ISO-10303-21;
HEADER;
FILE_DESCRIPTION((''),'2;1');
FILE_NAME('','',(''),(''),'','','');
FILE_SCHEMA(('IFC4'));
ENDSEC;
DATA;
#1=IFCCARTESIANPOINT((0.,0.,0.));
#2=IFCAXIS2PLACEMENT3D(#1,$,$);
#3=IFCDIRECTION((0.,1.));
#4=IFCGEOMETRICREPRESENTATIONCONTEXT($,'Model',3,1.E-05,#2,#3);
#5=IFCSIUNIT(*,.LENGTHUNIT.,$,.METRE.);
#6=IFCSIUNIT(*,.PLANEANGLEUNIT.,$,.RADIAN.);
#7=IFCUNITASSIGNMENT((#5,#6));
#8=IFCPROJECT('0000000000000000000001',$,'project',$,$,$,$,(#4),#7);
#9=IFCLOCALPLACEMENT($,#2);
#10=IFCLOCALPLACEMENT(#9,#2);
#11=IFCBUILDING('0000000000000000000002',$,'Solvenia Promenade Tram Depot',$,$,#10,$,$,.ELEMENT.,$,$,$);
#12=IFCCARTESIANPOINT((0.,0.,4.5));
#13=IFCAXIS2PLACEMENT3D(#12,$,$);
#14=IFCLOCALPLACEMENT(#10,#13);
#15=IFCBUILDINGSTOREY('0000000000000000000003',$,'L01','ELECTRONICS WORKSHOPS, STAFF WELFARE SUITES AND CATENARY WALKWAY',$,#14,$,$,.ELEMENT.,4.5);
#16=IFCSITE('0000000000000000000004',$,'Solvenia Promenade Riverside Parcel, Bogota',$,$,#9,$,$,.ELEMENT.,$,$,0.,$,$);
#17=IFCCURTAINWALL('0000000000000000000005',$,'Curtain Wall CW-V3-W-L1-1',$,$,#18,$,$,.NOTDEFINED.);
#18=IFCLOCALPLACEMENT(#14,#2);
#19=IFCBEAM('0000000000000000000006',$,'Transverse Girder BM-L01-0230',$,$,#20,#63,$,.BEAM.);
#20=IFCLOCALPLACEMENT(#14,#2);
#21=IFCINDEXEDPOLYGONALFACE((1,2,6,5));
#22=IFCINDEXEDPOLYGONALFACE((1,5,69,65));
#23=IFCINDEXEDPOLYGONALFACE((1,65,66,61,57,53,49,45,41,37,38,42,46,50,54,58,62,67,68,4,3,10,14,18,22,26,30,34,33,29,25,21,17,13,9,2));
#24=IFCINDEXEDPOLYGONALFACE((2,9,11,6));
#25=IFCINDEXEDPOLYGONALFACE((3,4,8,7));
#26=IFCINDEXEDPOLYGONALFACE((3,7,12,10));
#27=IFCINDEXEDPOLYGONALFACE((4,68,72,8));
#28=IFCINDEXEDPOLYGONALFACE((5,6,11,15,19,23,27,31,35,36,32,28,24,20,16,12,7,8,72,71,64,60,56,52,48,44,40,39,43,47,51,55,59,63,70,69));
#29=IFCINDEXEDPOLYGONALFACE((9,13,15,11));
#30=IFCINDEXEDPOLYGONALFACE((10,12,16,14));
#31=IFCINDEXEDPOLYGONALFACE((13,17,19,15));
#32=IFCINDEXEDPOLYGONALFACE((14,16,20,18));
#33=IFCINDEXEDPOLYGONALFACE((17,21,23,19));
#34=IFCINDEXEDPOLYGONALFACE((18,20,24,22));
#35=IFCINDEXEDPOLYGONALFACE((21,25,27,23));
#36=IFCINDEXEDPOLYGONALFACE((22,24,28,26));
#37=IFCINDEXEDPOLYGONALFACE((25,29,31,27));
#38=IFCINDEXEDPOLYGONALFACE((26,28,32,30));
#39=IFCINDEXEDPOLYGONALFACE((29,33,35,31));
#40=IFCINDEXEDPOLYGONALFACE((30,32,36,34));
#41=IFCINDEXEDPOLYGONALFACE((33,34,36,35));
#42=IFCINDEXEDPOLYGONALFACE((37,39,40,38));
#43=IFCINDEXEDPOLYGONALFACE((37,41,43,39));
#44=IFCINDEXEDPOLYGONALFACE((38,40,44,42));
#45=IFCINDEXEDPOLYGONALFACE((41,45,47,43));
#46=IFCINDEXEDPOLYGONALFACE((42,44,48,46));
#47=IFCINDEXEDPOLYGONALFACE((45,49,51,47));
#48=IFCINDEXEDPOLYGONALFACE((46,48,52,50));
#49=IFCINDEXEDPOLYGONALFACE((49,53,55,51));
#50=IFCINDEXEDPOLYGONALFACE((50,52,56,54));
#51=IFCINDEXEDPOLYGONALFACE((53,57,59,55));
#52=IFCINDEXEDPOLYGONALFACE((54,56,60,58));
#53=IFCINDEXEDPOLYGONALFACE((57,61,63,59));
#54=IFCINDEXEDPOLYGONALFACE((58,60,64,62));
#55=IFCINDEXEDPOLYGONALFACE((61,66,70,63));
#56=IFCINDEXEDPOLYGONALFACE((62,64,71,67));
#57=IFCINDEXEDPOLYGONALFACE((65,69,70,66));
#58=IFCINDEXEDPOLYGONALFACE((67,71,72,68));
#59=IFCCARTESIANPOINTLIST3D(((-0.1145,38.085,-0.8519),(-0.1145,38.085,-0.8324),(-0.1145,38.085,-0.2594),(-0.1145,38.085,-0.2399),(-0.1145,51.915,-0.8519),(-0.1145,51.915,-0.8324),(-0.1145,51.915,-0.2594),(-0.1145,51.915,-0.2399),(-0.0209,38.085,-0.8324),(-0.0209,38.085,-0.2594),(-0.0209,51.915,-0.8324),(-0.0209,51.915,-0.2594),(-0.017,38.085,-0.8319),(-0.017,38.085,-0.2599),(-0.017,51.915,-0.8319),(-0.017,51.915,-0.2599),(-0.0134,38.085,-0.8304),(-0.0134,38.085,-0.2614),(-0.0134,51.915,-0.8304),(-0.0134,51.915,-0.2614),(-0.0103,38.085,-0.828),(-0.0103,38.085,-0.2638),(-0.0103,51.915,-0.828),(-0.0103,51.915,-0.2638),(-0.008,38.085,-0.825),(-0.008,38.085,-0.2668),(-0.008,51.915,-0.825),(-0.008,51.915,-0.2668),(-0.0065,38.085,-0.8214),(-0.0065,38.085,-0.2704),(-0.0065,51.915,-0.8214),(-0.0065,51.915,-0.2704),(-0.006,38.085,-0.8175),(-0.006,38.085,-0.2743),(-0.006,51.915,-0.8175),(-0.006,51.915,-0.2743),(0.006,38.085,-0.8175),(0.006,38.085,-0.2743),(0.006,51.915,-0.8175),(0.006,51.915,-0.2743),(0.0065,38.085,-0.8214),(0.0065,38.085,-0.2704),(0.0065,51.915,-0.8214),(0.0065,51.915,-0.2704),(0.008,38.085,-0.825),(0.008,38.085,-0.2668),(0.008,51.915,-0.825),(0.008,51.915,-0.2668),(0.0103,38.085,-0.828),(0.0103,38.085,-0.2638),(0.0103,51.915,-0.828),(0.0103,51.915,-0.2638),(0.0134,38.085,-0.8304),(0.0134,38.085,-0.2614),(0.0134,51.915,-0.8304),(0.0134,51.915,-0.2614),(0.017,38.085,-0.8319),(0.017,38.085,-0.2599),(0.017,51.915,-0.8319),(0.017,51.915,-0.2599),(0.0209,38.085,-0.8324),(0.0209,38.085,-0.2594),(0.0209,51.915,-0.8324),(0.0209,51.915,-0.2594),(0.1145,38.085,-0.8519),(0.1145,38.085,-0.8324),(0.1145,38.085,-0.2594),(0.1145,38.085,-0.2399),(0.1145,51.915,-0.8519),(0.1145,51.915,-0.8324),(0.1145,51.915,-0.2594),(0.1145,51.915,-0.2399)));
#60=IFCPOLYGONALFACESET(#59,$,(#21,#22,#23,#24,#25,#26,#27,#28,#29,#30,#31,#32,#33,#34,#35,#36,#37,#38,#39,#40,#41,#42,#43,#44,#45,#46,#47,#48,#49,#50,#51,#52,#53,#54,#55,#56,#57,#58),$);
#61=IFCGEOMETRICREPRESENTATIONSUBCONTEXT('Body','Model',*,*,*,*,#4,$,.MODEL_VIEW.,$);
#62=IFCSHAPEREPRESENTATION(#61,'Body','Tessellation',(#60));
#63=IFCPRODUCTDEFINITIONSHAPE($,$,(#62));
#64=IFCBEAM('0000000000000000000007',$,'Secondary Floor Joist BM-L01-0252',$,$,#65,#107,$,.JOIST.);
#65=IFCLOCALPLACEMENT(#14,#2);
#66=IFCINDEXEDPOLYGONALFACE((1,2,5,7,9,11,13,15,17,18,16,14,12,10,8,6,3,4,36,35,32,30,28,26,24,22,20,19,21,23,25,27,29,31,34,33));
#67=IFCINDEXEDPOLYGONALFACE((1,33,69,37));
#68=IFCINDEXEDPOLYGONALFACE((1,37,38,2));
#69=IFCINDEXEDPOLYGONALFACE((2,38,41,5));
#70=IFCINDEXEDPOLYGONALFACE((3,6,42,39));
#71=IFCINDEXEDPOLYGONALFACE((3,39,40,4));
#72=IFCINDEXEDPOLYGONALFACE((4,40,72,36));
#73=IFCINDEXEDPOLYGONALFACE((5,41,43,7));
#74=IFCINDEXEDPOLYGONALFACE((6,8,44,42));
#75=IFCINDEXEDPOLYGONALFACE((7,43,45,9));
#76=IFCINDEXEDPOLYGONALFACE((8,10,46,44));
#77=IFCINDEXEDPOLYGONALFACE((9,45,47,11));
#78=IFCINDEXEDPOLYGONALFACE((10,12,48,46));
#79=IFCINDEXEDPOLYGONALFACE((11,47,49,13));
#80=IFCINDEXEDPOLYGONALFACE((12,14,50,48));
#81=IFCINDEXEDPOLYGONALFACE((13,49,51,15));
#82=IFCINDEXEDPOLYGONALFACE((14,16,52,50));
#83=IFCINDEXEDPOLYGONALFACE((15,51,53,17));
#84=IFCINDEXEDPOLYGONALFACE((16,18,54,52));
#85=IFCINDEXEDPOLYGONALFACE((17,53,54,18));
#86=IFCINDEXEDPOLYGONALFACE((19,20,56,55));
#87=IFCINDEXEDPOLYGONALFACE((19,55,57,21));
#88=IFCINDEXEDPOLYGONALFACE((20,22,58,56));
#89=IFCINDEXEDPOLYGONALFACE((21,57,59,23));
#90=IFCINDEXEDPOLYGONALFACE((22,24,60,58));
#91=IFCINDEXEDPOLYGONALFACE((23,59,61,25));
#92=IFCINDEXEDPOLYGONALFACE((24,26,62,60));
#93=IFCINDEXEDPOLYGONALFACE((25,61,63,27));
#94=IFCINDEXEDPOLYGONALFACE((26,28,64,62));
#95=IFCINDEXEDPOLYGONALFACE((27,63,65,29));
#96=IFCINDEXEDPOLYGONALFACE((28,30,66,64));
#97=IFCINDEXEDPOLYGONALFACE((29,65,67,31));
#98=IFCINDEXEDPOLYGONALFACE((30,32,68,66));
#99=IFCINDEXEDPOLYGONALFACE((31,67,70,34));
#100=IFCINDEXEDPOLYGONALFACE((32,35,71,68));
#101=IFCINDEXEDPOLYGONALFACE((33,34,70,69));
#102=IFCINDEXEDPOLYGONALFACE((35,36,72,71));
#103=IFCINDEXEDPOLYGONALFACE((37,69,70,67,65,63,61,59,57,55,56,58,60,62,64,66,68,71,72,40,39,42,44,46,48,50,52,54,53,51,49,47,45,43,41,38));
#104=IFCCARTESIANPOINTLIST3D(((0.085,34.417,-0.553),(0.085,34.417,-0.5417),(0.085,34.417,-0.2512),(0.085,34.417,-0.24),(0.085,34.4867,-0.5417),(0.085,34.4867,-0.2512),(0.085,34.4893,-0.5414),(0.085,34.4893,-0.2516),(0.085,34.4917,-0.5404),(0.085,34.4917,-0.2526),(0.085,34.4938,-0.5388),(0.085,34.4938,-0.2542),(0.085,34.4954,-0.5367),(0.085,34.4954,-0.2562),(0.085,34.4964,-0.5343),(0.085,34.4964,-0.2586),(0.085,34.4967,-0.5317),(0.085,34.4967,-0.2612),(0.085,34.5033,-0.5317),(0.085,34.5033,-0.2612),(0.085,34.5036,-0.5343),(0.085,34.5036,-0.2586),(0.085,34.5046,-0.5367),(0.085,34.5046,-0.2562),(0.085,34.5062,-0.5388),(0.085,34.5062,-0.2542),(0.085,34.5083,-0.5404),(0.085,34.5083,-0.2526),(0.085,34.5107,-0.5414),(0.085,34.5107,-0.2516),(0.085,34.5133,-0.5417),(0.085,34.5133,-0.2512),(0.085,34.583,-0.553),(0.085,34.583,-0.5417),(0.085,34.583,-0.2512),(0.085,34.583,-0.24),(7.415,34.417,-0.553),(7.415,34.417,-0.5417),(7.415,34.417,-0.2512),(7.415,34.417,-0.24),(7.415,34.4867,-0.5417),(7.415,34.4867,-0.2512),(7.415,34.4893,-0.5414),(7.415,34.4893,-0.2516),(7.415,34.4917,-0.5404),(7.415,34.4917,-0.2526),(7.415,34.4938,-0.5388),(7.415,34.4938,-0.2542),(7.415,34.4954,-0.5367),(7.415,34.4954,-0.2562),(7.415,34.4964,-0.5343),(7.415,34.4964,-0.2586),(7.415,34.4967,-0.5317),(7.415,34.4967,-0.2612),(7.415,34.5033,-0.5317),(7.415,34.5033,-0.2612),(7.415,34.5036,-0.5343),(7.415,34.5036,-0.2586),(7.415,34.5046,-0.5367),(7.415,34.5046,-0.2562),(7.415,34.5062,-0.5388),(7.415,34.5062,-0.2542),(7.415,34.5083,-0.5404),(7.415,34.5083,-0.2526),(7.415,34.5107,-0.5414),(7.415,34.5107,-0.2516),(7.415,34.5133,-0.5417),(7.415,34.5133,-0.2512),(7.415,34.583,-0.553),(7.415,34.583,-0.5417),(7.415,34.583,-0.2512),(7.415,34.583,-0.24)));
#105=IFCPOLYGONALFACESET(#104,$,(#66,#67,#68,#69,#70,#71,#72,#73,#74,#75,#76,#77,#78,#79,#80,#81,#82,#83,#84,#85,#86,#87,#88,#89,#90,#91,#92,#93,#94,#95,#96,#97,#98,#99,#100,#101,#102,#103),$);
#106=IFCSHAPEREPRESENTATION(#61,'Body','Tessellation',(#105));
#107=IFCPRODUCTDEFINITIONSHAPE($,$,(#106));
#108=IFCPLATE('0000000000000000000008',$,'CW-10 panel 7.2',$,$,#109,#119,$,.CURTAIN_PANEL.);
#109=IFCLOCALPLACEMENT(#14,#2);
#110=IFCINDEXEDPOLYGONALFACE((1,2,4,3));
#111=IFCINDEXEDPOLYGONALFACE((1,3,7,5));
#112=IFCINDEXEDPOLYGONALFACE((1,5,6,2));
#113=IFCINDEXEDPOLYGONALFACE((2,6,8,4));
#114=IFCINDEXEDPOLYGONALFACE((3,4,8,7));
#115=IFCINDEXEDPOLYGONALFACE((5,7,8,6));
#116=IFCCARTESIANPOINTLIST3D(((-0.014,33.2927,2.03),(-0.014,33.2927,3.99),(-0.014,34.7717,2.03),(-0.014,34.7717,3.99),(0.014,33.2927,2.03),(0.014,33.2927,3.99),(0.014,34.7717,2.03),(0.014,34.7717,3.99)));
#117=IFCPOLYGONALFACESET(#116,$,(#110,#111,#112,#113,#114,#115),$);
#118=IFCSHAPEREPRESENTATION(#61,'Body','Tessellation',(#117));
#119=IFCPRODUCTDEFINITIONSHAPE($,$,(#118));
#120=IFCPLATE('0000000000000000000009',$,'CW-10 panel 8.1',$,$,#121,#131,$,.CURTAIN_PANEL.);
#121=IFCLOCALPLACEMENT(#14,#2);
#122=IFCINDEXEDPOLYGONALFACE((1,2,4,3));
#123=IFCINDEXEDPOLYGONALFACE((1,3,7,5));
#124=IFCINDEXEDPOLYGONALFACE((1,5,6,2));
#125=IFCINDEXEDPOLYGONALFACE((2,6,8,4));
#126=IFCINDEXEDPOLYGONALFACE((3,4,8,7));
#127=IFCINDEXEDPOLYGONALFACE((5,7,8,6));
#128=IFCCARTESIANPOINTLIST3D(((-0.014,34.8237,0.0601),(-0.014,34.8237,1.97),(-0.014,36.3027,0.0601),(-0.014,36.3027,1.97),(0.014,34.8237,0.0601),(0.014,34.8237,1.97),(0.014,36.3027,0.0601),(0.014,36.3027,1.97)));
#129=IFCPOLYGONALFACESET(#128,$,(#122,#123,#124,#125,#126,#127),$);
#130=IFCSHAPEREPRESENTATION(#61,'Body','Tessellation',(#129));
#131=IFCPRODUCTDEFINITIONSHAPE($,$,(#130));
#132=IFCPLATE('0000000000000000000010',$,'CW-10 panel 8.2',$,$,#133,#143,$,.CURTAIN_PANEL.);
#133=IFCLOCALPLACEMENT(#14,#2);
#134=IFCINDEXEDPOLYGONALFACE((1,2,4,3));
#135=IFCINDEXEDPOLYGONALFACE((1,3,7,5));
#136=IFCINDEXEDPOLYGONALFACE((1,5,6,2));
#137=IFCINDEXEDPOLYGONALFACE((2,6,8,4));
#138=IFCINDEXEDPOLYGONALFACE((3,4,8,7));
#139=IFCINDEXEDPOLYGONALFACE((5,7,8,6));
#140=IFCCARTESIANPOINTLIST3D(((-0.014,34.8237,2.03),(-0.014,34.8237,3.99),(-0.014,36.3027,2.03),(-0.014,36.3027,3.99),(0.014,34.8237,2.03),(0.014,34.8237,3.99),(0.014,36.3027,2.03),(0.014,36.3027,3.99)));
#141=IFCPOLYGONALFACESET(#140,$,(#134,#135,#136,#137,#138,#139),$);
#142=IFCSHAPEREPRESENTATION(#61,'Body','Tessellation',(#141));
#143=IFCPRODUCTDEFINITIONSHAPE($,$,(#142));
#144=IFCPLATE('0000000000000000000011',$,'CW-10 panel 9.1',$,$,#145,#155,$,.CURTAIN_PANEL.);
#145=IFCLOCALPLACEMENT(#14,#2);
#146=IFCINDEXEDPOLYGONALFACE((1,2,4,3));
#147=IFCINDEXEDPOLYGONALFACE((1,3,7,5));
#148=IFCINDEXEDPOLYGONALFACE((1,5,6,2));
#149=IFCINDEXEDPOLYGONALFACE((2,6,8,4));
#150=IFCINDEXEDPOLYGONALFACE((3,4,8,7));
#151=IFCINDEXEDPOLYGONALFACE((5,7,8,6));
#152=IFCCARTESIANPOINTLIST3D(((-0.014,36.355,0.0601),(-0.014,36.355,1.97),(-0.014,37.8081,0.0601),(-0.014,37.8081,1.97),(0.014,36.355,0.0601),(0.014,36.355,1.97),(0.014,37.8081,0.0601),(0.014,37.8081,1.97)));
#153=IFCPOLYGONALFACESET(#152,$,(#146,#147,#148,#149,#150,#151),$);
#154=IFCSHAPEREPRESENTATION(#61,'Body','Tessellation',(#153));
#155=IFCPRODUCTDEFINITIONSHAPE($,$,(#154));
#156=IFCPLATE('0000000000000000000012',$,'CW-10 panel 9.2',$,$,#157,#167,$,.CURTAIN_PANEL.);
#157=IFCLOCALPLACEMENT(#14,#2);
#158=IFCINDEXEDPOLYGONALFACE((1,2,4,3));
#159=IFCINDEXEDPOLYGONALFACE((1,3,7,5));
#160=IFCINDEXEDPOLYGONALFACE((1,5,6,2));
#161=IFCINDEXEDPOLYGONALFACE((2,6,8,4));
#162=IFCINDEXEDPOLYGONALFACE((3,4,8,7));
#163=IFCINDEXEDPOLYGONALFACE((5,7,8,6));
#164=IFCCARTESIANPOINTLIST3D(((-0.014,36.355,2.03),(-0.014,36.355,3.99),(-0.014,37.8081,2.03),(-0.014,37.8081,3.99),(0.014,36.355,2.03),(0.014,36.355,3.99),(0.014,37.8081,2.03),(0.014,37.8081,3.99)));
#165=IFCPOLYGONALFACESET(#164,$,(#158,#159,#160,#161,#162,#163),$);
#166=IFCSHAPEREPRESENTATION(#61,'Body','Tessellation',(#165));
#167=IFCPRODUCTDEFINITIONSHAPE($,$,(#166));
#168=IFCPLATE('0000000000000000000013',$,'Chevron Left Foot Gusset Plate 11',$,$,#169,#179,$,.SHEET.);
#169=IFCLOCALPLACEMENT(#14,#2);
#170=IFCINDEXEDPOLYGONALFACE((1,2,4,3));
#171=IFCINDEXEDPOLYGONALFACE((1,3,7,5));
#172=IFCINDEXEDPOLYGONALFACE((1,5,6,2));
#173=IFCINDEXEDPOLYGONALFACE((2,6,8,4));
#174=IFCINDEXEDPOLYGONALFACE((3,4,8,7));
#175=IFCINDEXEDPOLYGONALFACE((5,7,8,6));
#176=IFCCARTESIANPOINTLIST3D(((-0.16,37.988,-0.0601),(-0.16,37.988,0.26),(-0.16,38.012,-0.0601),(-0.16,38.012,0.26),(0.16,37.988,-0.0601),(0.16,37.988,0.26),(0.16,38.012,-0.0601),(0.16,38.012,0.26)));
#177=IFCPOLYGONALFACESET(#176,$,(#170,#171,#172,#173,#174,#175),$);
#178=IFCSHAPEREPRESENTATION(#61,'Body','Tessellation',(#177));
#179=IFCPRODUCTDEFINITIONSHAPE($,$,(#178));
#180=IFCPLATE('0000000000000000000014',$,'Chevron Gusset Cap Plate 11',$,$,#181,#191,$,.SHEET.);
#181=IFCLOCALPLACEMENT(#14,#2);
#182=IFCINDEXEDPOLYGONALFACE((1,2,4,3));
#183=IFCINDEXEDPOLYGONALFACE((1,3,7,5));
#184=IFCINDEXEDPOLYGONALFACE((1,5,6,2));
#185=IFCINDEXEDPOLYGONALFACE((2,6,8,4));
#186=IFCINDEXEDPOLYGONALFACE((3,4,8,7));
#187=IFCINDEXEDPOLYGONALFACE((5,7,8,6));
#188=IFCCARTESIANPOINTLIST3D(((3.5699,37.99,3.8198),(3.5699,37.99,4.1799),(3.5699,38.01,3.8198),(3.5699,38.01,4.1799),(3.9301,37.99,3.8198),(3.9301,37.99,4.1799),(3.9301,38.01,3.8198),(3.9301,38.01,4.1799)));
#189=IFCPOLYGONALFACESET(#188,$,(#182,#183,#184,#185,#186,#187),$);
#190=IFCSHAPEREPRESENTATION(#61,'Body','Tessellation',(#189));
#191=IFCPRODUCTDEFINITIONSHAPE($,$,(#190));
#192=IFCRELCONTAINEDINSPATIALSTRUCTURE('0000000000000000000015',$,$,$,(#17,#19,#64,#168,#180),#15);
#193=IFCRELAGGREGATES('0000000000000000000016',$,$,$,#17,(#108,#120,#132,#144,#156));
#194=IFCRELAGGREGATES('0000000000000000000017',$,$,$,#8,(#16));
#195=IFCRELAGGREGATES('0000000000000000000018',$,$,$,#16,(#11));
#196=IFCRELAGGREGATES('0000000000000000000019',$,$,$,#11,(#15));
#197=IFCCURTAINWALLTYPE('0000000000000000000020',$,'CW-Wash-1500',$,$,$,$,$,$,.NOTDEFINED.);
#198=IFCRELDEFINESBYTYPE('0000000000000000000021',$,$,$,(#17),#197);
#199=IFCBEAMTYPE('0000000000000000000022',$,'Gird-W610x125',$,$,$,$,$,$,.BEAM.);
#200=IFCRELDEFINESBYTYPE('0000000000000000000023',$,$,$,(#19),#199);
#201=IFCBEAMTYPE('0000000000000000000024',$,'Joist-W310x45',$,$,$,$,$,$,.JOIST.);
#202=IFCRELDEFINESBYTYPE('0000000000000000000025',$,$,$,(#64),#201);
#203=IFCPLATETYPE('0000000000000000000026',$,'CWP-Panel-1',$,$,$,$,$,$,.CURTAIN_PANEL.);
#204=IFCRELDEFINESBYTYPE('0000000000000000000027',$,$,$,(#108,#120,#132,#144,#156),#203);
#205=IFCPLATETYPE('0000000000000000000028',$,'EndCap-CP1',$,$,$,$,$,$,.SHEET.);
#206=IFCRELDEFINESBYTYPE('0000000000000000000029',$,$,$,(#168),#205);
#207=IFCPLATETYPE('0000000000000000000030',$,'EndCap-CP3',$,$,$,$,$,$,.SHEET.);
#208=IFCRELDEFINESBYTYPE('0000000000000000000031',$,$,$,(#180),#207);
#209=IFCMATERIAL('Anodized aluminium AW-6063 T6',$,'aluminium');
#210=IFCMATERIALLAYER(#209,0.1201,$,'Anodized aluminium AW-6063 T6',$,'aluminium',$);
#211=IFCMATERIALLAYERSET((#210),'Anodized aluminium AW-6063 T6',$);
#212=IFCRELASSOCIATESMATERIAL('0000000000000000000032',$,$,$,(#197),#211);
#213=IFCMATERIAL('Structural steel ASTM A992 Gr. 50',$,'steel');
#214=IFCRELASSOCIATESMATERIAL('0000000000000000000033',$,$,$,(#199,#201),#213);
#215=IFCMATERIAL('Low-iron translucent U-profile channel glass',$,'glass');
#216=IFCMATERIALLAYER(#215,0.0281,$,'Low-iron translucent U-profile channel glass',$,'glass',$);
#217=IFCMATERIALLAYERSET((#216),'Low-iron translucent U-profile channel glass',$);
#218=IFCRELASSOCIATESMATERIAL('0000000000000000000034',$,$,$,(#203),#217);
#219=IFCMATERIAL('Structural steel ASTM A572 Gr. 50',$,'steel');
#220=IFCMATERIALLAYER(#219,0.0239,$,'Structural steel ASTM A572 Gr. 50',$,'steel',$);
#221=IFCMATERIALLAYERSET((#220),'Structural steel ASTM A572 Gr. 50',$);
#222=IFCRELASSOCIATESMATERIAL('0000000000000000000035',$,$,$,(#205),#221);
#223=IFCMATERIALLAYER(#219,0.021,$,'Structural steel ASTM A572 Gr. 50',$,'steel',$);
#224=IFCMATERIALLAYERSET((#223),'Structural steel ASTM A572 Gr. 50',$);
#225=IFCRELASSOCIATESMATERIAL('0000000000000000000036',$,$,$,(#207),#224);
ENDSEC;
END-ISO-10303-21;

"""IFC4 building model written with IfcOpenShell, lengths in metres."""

from ifc_helpers import new_model, si_unit, direction, frame, origin, origin_2d, place, context, subcontext, project, spatial, rectangle, i_section, extrude, material, layer, layer_set, material_profile, profile_set, type_object, element, aggregate, save


model = new_model("IFC4")

# Units and contexts
model_context = context("Model", 3, precision=1e-05, world=origin(), true_north=direction((0.0, 1.0)))
body_context = subcontext(model_context, "Body", "Model", "MODEL_VIEW")
ifc_project = project(units=[si_unit("LENGTHUNIT", "METRE"), si_unit("PLANEANGLEUNIT", "RADIAN")], contexts=[model_context])

# Site, building, storey
site_placement = place(None, origin())
site = spatial("IfcSite", under=ifc_project, at=site_placement, Name="Solvenia Promenade Riverside Parcel, Bogota", CompositionType="ELEMENT", RefElevation=0.0)
building_placement = place(site_placement, origin())
building = spatial("IfcBuilding", under=site, at=building_placement, Name="Solvenia Promenade Tram Depot", CompositionType="ELEMENT")
storey_placement = place(building_placement, frame((0.0, 0.0, 4.5)))
storey = spatial("IfcBuildingStorey", under=building, at=storey_placement, Name="L01", Description="ELECTRONICS WORKSHOPS, STAFF WELFARE SUITES AND CATENARY WALKWAY", CompositionType="ELEMENT", Elevation=4.5)

# Shared definitions
ifc_material_1 = material(Name="Structural steel ASTM A992 Gr. 50", Category="steel")

# Curtain wall
ifc_material_2 = material(Name="Anodized aluminium AW-6063 T6", Category="aluminium")
ifc_layer_1 = layer(ifc_material_2, 0.1201, Name="Anodized aluminium AW-6063 T6", Category="aluminium")
ifc_layer_set_1 = layer_set([ifc_layer_1], Name="Anodized aluminium AW-6063 T6")
curtain_wall_type = type_object("IfcCurtainWallType", Name="CW-Wash-1500", PredefinedType="NOTDEFINED", material=ifc_layer_set_1)
curtain_wall_1_placement = place(storey_placement, origin())
curtain_wall_1 = element("IfcCurtainWall", 1, at=curtain_wall_1_placement, inside=storey, type_object=curtain_wall_type, Name="Curtain Wall CW-V3-W-L1-1", PredefinedType="NOTDEFINED")

# Beams
ifc_material_profile_1 = material_profile(ifc_material_1, i_section(OverallWidth=0.229, OverallDepth=0.6121, WebThickness=0.012, FlangeThickness=0.0195, FilletRadius=0.0149, at=origin_2d()), Name="W610x125", Category="steel")
ifc_profile_set_1 = profile_set([ifc_material_profile_1], Name="Structural steel ASTM A992 Gr. 50")
beam_type_1 = type_object("IfcBeamType", Name="Gird-W610x125", PredefinedType="BEAM", material=ifc_profile_set_1)
beam_1_placement = place(storey_placement, frame((0.0, 38.085, -0.5459), z_axis=(0.0, 1.0, 0.0), x_axis=(-1.0, 0.0, 0.0)))
element("IfcBeam", 2, at=beam_1_placement, inside=storey, type_object=beam_type_1, Name="Transverse Girder BM-L01-0230", PredefinedType="BEAM", context=body_context, shape_type="SweptSolid", body=[
    extrude(i_section(OverallWidth=0.229, OverallDepth=0.6121, WebThickness=0.012, FlangeThickness=0.0195, FilletRadius=0.0149, at=origin_2d()), origin(), (0.0, 0.0, 1.0), 13.8301),
])
ifc_material_profile_2 = material_profile(ifc_material_1, i_section(OverallWidth=0.166, OverallDepth=0.313, WebThickness=0.0066, FlangeThickness=0.0112, FilletRadius=0.01, at=origin_2d()), Name="W310x45", Category="steel")
ifc_profile_set_2 = profile_set([ifc_material_profile_2], Name="Structural steel ASTM A992 Gr. 50")
beam_type_2 = type_object("IfcBeamType", Name="Joist-W310x45", PredefinedType="JOIST", material=ifc_profile_set_2)
beam_2_placement = place(storey_placement, frame((0.085, 34.5, -0.3965), z_axis=(1.0, 0.0, 0.0), x_axis=(0.0, 1.0, 0.0)))
element("IfcBeam", 3, at=beam_2_placement, inside=storey, type_object=beam_type_2, Name="Secondary Floor Joist BM-L01-0252", PredefinedType="JOIST", context=body_context, shape_type="SweptSolid", body=[
    extrude(i_section(OverallWidth=0.166, OverallDepth=0.313, WebThickness=0.0066, FlangeThickness=0.0112, FilletRadius=0.01, at=origin_2d()), origin(), (0.0, 0.0, 1.0), 7.3301),
])

# Plates
ifc_material_3 = material(Name="Low-iron translucent U-profile channel glass", Category="glass")
ifc_layer_2 = layer(ifc_material_3, 0.0281, Name="Low-iron translucent U-profile channel glass", Category="glass")
ifc_layer_set_2 = layer_set([ifc_layer_2], Name="Low-iron translucent U-profile channel glass")
plate_type_1 = type_object("IfcPlateType", Name="CWP-Panel-1", PredefinedType="CURTAIN_PANEL", material=ifc_layer_set_2)
plate_1_placement = place(storey_placement, frame((0.0, 34.0322, 2.03), z_axis=(0.0, 0.0, 1.0), x_axis=(0.0, 1.0, 0.0)))
plate_1 = element("IfcPlate", 4, at=plate_1_placement, type_object=plate_type_1, Name="CW-10 panel 7.2", PredefinedType="CURTAIN_PANEL", context=body_context, shape_type="SweptSolid", body=[
    extrude(rectangle(XDim=1.479, YDim=0.0281, at=origin_2d()), origin(), (0.0, 0.0, 1.0), 1.96),
])
plate_2_placement = place(storey_placement, frame((0.0, 35.5632, 0.0601), z_axis=(0.0, 0.0, 1.0), x_axis=(0.0, 1.0, 0.0)))
plate_2 = element("IfcPlate", 5, at=plate_2_placement, type_object=plate_type_1, Name="CW-10 panel 8.1", PredefinedType="CURTAIN_PANEL", context=body_context, shape_type="SweptSolid", body=[
    extrude(rectangle(XDim=1.479, YDim=0.0281, at=origin_2d()), origin(), (0.0, 0.0, 1.0), 1.9099),
])
plate_3_placement = place(storey_placement, frame((0.0, 35.5632, 2.03), z_axis=(0.0, 0.0, 1.0), x_axis=(0.0, 1.0, 0.0)))
plate_3 = element("IfcPlate", 6, at=plate_3_placement, type_object=plate_type_1, Name="CW-10 panel 8.2", PredefinedType="CURTAIN_PANEL", context=body_context, shape_type="SweptSolid", body=[
    extrude(rectangle(XDim=1.479, YDim=0.0281, at=origin_2d()), origin(), (0.0, 0.0, 1.0), 1.96),
])
plate_4_placement = place(storey_placement, frame((0.0, 37.0815, 0.0601), z_axis=(0.0, 0.0, 1.0), x_axis=(0.0, 1.0, 0.0)))
plate_4 = element("IfcPlate", 7, at=plate_4_placement, type_object=plate_type_1, Name="CW-10 panel 9.1", PredefinedType="CURTAIN_PANEL", context=body_context, shape_type="SweptSolid", body=[
    extrude(rectangle(XDim=1.4531, YDim=0.0281, at=origin_2d()), origin(), (0.0, 0.0, 1.0), 1.9099),
])
plate_5_placement = place(storey_placement, frame((0.0, 37.0815, 2.03), z_axis=(0.0, 0.0, 1.0), x_axis=(0.0, 1.0, 0.0)))
plate_5 = element("IfcPlate", 8, at=plate_5_placement, type_object=plate_type_1, Name="CW-10 panel 9.2", PredefinedType="CURTAIN_PANEL", context=body_context, shape_type="SweptSolid", body=[
    extrude(rectangle(XDim=1.4531, YDim=0.0281, at=origin_2d()), origin(), (0.0, 0.0, 1.0), 1.96),
])
aggregate(curtain_wall_1, [plate_1, plate_2, plate_3, plate_4, plate_5])

# Plates
ifc_material_4 = material(Name="Structural steel ASTM A572 Gr. 50", Category="steel")
ifc_layer_3 = layer(ifc_material_4, 0.0239, Name="Structural steel ASTM A572 Gr. 50", Category="steel")
ifc_layer_set_3 = layer_set([ifc_layer_3], Name="Structural steel ASTM A572 Gr. 50")
plate_type_2 = type_object("IfcPlateType", Name="EndCap-CP1", PredefinedType="SHEET", material=ifc_layer_set_3)
plate_6_placement = place(storey_placement, frame((0.0, 38.0, -0.0601), z_axis=(0.0, 0.0, 1.0), x_axis=(1.0, 0.0, 0.0)))
element("IfcPlate", 9, at=plate_6_placement, inside=storey, type_object=plate_type_2, Name="Chevron Left Foot Gusset Plate 11", PredefinedType="SHEET", context=body_context, shape_type="SweptSolid", body=[
    extrude(rectangle(XDim=0.3201, YDim=0.0239, at=origin_2d()), origin(), (0.0, 0.0, 1.0), 0.3201),
])
ifc_layer_4 = layer(ifc_material_4, 0.021, Name="Structural steel ASTM A572 Gr. 50", Category="steel")
ifc_layer_set_4 = layer_set([ifc_layer_4], Name="Structural steel ASTM A572 Gr. 50")
plate_type_3 = type_object("IfcPlateType", Name="EndCap-CP3", PredefinedType="SHEET", material=ifc_layer_set_4)
plate_7_placement = place(storey_placement, frame((3.75, 38.0, 3.8198), z_axis=(0.0, 0.0, 1.0), x_axis=(1.0, 0.0, 0.0)))
element("IfcPlate", 10, at=plate_7_placement, inside=storey, type_object=plate_type_3, Name="Chevron Gusset Cap Plate 11", PredefinedType="SHEET", context=body_context, shape_type="SweptSolid", body=[
    extrude(rectangle(XDim=0.3601, YDim=0.02, at=origin_2d()), origin(), (0.0, 0.0, 1.0), 0.3601),
])

save(model, "model.ifc")
